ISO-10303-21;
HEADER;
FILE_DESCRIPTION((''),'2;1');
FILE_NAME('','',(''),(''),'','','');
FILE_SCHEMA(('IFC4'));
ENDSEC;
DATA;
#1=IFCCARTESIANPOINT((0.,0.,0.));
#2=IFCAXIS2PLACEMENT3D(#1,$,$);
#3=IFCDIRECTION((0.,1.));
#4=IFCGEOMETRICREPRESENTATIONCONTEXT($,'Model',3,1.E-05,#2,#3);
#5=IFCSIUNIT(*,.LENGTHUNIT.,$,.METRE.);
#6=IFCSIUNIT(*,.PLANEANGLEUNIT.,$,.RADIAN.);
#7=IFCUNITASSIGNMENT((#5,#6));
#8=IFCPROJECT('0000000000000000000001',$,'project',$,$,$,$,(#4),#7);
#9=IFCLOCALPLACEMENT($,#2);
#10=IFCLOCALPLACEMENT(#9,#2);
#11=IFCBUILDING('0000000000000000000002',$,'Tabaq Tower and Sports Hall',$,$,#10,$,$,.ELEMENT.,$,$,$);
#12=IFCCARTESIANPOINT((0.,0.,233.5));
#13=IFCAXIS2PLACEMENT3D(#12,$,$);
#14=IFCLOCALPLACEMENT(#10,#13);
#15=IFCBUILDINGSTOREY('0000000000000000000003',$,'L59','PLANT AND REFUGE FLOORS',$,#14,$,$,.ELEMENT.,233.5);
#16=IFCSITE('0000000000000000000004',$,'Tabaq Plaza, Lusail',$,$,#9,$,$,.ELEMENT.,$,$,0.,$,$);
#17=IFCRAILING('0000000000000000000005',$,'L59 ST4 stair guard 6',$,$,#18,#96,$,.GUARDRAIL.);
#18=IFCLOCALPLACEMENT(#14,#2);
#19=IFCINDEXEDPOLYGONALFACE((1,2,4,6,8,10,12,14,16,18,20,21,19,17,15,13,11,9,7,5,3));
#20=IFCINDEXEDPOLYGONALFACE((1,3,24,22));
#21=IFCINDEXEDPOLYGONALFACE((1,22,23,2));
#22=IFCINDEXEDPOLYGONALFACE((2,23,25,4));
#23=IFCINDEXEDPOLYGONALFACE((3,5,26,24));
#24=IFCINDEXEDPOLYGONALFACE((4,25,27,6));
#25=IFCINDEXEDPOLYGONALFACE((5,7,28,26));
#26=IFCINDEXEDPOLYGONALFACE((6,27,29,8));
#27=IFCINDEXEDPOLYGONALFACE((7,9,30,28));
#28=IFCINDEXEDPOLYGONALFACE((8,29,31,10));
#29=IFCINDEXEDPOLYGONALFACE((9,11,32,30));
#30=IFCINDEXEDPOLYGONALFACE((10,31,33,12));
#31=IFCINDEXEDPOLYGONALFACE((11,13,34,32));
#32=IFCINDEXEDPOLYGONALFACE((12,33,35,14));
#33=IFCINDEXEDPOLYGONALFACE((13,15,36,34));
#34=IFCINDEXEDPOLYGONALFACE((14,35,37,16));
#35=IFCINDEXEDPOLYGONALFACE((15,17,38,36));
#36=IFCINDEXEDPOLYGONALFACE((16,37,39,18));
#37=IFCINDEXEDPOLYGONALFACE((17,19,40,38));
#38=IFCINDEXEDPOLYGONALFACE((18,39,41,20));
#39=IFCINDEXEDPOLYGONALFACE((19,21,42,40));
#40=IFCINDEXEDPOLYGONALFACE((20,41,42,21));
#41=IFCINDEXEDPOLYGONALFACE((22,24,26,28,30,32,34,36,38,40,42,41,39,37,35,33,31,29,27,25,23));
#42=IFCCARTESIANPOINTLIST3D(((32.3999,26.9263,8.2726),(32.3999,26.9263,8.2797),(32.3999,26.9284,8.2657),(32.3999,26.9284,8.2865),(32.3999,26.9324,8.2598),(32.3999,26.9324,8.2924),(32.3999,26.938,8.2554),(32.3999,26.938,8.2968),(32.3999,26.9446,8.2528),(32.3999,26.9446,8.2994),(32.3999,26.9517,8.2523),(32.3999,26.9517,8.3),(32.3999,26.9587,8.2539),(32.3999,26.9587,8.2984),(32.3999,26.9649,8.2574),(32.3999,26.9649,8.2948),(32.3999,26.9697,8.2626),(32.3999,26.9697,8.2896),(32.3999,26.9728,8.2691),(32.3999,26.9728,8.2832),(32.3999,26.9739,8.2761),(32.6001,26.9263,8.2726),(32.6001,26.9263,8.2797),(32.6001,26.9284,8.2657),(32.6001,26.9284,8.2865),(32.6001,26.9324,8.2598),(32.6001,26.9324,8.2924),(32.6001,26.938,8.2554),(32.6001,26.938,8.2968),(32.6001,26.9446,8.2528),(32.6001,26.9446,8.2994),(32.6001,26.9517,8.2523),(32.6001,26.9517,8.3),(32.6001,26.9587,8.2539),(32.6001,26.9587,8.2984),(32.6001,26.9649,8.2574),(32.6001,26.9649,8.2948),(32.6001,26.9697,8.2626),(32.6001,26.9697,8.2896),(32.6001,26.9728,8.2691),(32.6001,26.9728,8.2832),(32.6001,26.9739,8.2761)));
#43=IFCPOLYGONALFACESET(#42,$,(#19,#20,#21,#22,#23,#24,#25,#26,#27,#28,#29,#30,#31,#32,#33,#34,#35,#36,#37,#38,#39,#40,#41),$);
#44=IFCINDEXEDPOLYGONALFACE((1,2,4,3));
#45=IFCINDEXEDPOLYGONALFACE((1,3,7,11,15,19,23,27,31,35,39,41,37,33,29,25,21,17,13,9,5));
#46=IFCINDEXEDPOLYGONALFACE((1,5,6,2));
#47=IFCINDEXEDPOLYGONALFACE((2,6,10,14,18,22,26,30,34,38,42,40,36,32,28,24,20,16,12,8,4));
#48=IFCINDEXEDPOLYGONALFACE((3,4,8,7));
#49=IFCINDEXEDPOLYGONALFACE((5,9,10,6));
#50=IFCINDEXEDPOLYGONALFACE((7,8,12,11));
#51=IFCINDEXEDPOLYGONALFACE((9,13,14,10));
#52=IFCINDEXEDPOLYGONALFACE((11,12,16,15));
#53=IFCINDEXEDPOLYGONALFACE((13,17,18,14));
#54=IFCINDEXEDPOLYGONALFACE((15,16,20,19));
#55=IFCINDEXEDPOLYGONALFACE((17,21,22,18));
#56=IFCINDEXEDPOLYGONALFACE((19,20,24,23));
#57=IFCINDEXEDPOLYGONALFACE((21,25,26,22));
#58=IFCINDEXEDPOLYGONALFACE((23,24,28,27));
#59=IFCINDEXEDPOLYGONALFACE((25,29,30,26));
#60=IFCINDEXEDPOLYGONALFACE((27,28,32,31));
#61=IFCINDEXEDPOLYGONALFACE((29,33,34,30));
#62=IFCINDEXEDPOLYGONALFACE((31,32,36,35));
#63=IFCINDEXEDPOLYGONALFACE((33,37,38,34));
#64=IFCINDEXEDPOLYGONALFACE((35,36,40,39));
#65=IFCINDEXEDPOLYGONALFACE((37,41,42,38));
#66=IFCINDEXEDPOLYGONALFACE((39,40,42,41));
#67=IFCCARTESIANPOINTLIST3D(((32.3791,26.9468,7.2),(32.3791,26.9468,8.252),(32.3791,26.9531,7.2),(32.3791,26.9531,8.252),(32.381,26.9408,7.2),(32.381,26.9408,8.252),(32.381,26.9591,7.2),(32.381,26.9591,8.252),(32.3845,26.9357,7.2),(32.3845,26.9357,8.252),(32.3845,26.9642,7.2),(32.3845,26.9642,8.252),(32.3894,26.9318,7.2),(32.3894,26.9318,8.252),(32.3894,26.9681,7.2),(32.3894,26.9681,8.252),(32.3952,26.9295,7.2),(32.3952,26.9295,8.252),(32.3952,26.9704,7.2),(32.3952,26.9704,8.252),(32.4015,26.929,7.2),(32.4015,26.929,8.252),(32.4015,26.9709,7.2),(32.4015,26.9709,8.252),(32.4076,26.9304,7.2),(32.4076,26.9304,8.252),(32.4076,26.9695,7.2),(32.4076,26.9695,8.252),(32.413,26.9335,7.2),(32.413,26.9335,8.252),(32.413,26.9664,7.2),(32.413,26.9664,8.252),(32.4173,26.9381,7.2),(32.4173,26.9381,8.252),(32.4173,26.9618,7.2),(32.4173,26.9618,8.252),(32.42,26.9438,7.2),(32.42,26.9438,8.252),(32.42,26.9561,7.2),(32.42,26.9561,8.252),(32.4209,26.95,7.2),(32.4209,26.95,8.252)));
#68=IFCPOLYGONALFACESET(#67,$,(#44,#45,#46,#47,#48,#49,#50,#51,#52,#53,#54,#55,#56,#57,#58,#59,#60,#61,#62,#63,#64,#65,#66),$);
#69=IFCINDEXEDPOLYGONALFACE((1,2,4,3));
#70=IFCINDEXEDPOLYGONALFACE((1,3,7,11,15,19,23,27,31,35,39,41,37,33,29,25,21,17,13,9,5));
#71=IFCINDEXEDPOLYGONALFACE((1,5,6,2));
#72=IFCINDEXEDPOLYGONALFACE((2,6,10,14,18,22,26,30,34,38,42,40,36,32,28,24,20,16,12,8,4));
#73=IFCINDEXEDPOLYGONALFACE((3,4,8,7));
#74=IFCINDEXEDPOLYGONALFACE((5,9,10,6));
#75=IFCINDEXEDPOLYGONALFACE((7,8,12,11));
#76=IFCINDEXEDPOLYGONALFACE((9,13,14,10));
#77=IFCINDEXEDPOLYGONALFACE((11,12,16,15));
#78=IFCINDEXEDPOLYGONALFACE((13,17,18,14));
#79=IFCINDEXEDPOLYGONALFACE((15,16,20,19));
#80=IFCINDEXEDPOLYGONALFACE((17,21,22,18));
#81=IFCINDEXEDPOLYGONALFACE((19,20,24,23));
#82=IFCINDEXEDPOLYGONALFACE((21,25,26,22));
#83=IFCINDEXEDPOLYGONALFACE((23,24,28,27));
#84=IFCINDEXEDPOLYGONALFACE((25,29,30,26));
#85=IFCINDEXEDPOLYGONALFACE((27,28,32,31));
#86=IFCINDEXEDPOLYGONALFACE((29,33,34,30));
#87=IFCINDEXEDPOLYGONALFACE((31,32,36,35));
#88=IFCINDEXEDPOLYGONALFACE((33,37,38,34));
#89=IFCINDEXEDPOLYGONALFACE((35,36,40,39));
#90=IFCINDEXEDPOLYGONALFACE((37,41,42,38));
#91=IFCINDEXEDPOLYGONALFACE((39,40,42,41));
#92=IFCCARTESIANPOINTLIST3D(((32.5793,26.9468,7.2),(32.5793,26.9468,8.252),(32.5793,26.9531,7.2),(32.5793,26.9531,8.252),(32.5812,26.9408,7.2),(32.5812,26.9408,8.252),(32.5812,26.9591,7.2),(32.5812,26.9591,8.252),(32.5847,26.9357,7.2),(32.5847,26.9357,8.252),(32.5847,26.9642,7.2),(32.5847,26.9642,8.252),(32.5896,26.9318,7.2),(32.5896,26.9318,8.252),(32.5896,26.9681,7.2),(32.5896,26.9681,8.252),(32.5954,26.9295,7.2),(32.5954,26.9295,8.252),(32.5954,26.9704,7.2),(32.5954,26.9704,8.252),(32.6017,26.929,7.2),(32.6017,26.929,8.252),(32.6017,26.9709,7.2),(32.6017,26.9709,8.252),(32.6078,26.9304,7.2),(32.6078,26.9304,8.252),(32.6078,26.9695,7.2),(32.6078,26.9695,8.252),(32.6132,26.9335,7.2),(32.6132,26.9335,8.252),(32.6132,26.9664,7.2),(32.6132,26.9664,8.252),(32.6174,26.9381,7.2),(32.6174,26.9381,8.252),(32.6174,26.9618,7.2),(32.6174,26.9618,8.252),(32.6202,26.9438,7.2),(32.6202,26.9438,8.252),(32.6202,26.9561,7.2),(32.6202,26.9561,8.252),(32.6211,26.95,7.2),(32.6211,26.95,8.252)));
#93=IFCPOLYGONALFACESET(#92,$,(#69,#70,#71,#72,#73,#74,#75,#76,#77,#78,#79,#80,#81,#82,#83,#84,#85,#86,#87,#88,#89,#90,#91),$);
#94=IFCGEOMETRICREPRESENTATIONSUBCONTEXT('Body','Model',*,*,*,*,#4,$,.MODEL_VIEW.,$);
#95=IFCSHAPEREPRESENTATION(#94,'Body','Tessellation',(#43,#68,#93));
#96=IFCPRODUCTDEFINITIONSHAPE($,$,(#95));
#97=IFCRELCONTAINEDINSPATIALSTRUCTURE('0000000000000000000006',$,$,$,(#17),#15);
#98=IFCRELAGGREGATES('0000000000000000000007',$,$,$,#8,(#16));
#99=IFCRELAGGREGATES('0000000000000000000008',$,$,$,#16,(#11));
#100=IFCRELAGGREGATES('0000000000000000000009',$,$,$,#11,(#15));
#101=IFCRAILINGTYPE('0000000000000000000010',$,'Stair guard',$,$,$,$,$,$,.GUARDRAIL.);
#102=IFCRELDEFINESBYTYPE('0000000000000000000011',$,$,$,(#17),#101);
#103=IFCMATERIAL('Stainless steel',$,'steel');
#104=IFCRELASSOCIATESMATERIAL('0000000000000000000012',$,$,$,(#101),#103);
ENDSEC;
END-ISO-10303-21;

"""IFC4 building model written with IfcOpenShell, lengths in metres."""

from ifc_helpers import new_model, si_unit, direction, frame, origin, origin_2d, place, context, subcontext, project, spatial, circle, extrude, material, type_object, element, save


model = new_model("IFC4")

# Units and contexts
model_context = context("Model", 3, precision=1e-05, world=origin(), true_north=direction((0.0, 1.0)))
body_context = subcontext(model_context, "Body", "Model", "MODEL_VIEW")
ifc_project = project(units=[si_unit("LENGTHUNIT", "METRE"), si_unit("PLANEANGLEUNIT", "RADIAN")], contexts=[model_context])

# Site, building, storey
site_placement = place(None, origin())
site = spatial("IfcSite", under=ifc_project, at=site_placement, Name="Tabaq Plaza, Lusail", CompositionType="ELEMENT", RefElevation=0.0)
building_placement = place(site_placement, origin())
building = spatial("IfcBuilding", under=site, at=building_placement, Name="Tabaq Tower and Sports Hall", CompositionType="ELEMENT")
storey_placement = place(building_placement, frame((0.0, 0.0, 233.5)))
storey = spatial("IfcBuildingStorey", under=building, at=storey_placement, Name="L59", Description="PLANT AND REFUGE FLOORS", CompositionType="ELEMENT", Elevation=233.5)

# Railing
ifc_material_1 = material(Name="Stainless steel", Category="steel")
railing_type_1 = type_object("IfcRailingType", Name="Stair guard", PredefinedType="GUARDRAIL", material=ifc_material_1)
railing_1_placement = place(storey_placement, frame((32.3999, 26.95, 7.2)))
element("IfcRailing", 1, at=railing_1_placement, inside=storey, type_object=railing_type_1, Name="L59 ST4 stair guard 6", PredefinedType="GUARDRAIL", context=body_context, shape_type="SweptSolid", body=[
    extrude(circle(Radius=0.0239, at=origin_2d()), frame((0.0, 0.0, 1.0762), z_axis=(1.0, 0.0, 0.0), x_axis=(0.0, 1.0, 0.0)), (0.0, 0.0, 1.0), 0.2002),
    extrude(circle(Radius=0.021, at=origin_2d()), origin(), (0.0, 0.0, 1.0), 1.052),
    extrude(circle(Radius=0.021, at=origin_2d()), frame((0.2002, 0.0, 0.0)), (0.0, 0.0, 1.0), 1.052),
])

save(model, "model.ifc")
